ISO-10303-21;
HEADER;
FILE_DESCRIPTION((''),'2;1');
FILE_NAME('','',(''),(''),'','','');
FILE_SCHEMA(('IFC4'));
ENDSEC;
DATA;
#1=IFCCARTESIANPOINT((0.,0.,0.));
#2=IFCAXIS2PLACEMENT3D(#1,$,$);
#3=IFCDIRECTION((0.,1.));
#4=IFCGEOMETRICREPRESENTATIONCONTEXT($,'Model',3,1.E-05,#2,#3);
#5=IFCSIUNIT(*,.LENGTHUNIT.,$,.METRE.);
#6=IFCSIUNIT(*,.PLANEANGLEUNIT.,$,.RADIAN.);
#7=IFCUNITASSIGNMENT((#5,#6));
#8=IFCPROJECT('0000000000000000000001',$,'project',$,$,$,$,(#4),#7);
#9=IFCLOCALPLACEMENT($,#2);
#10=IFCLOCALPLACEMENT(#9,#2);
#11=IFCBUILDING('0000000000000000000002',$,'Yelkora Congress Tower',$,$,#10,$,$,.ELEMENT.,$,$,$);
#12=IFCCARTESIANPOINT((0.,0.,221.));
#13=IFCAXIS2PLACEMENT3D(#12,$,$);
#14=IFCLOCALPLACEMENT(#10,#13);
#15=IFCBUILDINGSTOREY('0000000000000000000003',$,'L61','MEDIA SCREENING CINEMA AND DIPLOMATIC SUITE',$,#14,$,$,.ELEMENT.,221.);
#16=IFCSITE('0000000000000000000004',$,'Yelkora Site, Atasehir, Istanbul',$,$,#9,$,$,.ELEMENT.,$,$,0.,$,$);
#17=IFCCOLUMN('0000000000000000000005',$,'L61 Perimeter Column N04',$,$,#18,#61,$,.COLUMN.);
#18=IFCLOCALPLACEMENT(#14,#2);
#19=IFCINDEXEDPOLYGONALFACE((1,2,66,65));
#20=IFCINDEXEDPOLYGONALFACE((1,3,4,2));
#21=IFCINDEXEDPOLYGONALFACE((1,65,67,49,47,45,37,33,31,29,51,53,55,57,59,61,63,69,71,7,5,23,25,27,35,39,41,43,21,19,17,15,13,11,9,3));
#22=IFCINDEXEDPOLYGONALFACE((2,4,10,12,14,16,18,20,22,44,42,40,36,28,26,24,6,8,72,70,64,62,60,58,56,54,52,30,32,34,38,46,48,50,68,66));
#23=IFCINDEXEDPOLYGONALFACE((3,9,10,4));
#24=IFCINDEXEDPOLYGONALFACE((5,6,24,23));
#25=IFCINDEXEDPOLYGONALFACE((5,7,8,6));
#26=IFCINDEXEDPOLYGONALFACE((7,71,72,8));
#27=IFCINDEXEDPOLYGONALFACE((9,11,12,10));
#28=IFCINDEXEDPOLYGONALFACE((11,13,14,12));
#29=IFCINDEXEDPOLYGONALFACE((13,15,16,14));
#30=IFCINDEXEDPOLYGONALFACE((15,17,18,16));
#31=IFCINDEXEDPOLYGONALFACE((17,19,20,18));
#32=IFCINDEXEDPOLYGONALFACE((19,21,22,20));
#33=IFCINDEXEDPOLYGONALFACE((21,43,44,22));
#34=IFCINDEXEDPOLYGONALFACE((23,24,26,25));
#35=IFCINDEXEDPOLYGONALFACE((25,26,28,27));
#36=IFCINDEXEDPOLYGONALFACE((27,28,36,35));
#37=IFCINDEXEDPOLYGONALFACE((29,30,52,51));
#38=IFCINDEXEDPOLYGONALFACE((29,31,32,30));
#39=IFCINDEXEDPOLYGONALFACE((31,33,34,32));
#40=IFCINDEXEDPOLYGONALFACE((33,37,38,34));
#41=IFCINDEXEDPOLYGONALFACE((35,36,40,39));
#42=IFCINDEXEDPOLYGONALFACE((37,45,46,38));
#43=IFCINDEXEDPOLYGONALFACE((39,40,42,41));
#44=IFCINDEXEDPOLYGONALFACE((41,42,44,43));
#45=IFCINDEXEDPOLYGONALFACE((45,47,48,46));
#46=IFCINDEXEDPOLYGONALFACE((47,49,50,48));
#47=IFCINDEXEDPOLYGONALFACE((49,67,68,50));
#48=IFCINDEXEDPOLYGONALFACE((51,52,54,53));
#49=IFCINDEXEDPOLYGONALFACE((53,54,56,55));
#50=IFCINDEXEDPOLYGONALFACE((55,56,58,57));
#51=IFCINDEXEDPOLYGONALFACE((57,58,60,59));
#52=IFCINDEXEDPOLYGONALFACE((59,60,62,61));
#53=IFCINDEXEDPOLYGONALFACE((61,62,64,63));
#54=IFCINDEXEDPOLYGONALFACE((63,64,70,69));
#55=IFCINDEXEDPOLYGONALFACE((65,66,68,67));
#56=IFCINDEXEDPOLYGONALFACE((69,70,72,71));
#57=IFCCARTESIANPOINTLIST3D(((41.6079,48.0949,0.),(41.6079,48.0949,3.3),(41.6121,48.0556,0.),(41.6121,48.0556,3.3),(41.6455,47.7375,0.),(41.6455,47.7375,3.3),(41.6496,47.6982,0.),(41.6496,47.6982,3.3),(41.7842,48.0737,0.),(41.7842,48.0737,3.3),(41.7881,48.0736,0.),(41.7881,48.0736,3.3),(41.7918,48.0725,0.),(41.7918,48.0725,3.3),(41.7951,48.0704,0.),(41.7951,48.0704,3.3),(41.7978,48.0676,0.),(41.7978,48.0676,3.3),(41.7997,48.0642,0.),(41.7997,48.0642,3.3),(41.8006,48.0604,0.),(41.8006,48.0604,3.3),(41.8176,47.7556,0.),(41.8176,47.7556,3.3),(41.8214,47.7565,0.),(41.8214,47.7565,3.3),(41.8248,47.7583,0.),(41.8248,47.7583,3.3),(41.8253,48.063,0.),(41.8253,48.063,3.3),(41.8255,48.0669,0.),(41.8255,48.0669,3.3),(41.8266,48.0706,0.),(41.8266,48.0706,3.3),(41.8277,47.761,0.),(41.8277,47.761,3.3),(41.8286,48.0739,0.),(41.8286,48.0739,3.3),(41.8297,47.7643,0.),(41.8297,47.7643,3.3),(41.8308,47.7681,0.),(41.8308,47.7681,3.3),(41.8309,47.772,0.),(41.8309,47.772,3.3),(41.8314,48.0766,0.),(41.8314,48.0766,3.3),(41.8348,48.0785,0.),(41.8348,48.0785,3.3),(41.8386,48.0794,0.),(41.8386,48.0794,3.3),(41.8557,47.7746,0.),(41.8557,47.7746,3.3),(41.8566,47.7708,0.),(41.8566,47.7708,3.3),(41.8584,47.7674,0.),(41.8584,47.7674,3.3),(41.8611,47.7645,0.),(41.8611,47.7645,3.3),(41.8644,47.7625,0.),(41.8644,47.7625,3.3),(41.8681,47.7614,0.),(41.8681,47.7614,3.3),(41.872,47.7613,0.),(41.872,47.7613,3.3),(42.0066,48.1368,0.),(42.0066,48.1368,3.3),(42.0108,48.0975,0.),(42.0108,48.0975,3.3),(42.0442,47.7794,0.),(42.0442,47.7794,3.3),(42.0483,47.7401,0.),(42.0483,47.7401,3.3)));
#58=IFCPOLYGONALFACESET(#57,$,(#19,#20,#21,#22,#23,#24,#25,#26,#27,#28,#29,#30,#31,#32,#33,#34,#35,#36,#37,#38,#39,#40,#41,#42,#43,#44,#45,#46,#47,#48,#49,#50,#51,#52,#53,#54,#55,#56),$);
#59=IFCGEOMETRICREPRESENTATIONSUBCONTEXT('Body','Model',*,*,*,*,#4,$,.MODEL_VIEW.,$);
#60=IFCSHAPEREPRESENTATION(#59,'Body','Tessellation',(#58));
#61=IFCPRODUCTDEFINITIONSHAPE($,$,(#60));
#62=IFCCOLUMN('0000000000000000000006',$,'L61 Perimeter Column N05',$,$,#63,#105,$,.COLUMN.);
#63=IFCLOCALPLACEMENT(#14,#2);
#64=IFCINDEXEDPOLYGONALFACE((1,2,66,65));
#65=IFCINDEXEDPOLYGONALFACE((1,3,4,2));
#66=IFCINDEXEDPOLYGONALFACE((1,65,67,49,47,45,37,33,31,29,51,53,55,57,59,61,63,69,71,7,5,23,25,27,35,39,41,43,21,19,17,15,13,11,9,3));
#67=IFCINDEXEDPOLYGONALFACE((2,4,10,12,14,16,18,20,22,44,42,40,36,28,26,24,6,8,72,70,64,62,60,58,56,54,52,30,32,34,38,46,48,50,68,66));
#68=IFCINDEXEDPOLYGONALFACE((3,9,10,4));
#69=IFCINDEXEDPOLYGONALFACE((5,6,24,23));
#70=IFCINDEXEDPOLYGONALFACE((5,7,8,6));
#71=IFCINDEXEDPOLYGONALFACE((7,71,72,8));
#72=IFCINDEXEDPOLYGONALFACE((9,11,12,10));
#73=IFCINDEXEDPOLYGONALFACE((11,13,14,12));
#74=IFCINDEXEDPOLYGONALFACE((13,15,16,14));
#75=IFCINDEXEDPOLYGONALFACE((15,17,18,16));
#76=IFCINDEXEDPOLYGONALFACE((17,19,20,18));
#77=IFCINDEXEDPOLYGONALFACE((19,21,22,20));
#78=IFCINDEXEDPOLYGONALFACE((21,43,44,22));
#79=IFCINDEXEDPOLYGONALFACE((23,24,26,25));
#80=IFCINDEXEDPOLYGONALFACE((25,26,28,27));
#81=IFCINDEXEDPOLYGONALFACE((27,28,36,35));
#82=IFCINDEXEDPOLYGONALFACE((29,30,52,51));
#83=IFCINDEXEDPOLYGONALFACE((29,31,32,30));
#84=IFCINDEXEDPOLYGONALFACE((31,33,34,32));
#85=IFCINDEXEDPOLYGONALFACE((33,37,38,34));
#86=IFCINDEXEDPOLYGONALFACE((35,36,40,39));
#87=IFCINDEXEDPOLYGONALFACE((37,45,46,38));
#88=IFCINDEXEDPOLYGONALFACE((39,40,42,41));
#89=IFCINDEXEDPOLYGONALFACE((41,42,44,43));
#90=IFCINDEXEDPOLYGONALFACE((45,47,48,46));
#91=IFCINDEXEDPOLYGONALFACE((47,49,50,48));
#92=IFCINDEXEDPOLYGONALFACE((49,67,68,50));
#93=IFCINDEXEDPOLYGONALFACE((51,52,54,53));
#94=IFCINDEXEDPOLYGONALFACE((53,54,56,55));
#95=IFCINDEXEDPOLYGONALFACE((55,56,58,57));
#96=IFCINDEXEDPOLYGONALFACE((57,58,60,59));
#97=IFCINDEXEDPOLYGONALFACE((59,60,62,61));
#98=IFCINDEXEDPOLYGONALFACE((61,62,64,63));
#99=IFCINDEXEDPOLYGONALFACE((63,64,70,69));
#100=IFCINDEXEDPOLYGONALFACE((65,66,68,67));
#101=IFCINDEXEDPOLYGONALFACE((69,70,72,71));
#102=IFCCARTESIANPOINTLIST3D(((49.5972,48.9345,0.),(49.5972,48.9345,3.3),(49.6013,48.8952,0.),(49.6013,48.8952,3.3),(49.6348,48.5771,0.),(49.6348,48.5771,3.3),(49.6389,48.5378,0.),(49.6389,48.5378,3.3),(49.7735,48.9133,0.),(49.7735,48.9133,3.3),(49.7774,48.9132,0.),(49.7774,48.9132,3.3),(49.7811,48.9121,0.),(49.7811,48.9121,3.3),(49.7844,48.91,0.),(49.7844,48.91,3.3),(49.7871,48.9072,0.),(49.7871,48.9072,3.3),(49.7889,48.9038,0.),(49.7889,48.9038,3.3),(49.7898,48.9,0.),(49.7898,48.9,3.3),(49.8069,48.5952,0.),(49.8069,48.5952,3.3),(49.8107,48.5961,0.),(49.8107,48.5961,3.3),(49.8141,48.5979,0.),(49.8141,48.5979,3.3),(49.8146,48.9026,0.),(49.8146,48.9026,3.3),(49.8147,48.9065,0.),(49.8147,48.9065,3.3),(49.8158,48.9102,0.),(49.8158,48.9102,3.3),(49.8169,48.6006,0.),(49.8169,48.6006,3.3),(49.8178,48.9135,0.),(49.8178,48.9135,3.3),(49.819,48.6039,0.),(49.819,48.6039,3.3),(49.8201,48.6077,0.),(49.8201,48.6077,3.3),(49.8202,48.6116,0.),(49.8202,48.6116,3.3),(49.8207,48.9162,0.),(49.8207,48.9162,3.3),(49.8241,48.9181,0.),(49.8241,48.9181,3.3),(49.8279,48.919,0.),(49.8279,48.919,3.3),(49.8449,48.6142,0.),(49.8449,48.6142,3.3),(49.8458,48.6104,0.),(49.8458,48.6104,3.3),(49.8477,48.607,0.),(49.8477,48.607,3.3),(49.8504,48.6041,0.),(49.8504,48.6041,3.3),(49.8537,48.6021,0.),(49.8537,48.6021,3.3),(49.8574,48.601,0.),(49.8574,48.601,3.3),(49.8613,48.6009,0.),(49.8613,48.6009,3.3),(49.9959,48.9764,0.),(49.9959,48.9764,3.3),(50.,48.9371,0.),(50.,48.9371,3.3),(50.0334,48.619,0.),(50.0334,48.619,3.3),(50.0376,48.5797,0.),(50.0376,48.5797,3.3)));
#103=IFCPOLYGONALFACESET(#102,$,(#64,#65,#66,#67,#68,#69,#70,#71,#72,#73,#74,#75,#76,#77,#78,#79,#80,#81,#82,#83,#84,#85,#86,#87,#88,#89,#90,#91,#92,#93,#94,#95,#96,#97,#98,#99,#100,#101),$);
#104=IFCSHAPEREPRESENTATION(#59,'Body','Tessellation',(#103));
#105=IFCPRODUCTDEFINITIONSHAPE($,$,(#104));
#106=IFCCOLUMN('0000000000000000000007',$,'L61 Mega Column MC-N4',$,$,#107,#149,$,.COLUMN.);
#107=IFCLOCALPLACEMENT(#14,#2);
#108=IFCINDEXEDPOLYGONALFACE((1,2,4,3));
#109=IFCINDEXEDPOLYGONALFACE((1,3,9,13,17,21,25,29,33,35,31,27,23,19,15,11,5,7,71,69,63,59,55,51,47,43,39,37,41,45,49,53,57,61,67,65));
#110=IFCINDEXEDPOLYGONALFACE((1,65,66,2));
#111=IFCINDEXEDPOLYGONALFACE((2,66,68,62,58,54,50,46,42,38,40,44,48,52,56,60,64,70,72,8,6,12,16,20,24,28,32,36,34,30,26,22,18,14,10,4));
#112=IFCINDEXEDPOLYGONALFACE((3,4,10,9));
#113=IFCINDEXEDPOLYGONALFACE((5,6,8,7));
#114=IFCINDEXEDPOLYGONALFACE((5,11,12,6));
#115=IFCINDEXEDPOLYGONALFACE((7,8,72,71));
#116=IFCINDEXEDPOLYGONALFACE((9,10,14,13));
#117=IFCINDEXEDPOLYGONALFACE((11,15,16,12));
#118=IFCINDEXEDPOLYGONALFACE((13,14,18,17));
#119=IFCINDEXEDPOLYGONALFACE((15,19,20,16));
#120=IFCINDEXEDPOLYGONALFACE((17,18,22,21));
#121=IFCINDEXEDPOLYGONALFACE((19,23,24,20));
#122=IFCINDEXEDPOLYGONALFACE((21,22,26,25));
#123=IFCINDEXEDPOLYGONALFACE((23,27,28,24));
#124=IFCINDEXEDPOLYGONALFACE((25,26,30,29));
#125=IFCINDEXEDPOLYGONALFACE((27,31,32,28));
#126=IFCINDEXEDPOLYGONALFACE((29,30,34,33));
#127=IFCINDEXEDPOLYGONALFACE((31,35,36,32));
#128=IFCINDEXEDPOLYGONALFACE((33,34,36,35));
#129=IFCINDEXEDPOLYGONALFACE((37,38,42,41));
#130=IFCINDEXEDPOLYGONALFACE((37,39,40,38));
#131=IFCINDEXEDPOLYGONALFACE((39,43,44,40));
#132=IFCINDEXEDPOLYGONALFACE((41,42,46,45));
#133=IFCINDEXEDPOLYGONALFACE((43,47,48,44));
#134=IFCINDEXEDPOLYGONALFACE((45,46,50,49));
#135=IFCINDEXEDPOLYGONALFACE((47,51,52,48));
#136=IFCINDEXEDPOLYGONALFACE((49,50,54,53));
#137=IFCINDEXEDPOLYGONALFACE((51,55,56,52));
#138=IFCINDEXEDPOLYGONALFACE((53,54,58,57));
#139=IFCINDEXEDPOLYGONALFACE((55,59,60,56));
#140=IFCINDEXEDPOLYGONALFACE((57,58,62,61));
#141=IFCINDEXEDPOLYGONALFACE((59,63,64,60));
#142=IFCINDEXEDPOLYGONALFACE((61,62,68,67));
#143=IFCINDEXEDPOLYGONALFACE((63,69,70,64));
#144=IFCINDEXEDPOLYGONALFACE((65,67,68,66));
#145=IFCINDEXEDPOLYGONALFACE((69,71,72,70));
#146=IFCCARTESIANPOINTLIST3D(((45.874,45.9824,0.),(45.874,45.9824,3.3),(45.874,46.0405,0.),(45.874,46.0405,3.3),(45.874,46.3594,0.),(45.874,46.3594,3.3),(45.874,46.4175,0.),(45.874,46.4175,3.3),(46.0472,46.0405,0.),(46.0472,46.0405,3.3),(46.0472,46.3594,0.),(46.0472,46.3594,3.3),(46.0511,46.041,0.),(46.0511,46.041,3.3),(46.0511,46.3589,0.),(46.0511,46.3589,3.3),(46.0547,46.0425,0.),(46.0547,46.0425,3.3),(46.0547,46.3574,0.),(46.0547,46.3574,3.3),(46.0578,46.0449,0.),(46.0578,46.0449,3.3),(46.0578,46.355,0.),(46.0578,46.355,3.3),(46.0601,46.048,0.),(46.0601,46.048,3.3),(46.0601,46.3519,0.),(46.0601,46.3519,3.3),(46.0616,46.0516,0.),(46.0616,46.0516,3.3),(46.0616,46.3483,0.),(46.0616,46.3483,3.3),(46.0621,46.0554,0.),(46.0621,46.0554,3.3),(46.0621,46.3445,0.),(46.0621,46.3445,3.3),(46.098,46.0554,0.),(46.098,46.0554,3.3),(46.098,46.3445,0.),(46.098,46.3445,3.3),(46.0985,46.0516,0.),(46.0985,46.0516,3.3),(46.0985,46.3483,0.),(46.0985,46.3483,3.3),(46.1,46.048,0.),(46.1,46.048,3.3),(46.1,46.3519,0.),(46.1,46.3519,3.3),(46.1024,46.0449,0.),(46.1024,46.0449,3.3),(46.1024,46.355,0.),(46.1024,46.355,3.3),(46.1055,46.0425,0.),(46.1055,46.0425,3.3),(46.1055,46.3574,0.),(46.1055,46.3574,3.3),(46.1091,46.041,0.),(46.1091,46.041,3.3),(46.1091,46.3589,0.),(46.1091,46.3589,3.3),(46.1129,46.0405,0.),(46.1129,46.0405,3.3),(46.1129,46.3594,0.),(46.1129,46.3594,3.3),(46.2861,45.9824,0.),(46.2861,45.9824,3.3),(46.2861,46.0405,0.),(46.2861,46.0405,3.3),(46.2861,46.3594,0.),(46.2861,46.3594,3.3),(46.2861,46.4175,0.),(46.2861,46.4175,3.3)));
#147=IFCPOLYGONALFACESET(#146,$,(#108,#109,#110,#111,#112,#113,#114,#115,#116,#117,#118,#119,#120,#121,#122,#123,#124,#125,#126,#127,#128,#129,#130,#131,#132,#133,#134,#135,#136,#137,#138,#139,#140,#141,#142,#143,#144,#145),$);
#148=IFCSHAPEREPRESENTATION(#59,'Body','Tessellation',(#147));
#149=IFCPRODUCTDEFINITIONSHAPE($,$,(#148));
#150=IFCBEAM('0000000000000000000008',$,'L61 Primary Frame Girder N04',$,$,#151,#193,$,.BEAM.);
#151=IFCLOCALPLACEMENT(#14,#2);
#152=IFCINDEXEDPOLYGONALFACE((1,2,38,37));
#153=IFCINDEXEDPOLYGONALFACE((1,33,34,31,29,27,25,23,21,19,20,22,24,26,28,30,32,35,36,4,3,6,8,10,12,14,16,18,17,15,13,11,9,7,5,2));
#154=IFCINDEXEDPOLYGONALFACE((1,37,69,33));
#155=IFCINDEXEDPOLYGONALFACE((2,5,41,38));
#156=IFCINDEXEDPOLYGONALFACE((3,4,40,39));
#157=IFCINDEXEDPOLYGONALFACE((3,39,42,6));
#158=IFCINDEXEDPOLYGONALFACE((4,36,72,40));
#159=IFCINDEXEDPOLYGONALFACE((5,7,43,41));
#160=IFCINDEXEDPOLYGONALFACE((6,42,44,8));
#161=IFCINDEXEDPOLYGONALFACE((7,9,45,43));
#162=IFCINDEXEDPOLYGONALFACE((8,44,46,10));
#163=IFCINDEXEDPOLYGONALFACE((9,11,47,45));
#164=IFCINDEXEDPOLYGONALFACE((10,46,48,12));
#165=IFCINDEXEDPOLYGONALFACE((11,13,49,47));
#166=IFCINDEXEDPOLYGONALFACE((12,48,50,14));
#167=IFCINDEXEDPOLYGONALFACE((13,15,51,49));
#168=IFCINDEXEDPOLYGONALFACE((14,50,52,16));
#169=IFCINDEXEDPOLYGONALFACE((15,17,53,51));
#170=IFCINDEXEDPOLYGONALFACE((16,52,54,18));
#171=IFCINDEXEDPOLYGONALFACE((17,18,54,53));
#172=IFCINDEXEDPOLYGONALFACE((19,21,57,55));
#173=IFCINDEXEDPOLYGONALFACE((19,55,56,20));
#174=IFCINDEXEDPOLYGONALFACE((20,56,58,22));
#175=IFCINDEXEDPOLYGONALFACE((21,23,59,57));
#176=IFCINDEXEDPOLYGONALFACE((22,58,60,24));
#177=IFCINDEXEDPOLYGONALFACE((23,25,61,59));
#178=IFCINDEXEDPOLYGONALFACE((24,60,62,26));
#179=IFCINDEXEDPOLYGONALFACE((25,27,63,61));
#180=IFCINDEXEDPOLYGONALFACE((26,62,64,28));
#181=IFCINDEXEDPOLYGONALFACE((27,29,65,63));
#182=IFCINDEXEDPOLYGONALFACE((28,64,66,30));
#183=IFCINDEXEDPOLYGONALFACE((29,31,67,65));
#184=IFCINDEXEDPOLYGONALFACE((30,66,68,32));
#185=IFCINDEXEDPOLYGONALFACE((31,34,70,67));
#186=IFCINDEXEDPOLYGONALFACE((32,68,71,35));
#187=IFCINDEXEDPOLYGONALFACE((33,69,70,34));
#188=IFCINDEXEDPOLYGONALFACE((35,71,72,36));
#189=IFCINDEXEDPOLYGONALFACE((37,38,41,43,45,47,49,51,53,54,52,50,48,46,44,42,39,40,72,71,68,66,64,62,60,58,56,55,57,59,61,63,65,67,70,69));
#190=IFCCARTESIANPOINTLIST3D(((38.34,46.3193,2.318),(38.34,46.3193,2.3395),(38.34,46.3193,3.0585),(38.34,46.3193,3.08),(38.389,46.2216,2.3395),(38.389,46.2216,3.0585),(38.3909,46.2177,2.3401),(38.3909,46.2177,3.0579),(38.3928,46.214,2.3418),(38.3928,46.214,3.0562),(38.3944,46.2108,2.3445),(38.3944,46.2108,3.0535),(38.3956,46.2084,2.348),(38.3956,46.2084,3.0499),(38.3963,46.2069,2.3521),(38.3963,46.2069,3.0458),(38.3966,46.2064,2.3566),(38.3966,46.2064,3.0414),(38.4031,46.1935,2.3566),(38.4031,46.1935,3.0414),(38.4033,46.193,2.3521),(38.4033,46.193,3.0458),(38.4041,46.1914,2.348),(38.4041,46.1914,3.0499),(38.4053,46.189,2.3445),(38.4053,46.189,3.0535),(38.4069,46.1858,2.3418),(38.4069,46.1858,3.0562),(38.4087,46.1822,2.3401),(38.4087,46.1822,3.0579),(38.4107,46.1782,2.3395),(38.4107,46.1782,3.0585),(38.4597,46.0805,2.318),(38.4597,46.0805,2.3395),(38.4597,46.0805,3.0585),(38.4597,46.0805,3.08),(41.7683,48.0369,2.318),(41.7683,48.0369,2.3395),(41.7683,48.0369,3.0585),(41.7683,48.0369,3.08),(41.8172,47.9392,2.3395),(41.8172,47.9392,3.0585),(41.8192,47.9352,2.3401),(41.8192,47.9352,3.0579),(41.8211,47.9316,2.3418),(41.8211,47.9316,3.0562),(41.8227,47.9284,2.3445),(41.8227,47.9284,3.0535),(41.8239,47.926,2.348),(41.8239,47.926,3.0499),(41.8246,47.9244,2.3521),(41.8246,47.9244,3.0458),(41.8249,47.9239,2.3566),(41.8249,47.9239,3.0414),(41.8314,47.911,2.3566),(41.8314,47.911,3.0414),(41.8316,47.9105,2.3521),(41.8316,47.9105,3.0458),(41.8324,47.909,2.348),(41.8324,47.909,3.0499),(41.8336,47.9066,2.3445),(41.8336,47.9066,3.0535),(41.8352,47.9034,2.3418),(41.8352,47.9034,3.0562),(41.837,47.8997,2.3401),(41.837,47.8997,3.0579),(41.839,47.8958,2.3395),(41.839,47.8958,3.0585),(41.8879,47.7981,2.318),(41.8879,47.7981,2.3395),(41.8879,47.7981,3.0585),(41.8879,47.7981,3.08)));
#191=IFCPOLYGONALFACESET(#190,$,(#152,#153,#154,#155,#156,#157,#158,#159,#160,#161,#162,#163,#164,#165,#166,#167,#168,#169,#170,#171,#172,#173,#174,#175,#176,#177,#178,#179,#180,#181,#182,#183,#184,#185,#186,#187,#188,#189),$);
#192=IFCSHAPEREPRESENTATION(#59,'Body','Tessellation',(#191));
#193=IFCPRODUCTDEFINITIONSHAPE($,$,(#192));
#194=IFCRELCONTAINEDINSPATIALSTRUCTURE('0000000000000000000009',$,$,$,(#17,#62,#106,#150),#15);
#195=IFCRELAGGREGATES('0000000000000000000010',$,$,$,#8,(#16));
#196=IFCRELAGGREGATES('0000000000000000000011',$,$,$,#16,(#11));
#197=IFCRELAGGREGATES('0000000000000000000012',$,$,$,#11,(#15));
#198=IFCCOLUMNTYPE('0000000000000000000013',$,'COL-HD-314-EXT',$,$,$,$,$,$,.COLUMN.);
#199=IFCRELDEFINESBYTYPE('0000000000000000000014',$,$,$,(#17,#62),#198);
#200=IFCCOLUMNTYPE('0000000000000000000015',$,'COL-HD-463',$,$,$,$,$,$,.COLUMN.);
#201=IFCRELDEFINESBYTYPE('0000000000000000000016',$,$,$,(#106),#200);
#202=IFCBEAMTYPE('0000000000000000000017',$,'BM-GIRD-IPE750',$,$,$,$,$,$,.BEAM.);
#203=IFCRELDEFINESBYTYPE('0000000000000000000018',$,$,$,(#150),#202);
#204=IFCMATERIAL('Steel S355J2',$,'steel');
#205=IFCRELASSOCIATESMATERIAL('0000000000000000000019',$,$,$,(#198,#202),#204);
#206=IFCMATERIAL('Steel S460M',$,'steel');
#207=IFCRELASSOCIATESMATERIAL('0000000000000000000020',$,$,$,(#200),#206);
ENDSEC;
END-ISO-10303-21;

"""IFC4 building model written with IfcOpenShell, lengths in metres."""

from ifc_helpers import new_model, si_unit, direction, frame, origin, origin_2d, place, context, subcontext, project, spatial, i_section, extrude, material, material_profile, profile_set, type_object, element, save


model = new_model("IFC4")

# Units and contexts
model_context = context("Model", 3, precision=1e-05, world=origin(), true_north=direction((0.0, 1.0)))
body_context = subcontext(model_context, "Body", "Model", "MODEL_VIEW")
ifc_project = project(units=[si_unit("LENGTHUNIT", "METRE"), si_unit("PLANEANGLEUNIT", "RADIAN")], contexts=[model_context])

# Site, building, storey
site_placement = place(None, origin())
site = spatial("IfcSite", under=ifc_project, at=site_placement, Name="Yelkora Site, Atasehir, Istanbul", CompositionType="ELEMENT", RefElevation=0.0)
building_placement = place(site_placement, origin())
building = spatial("IfcBuilding", under=site, at=building_placement, Name="Yelkora Congress Tower", CompositionType="ELEMENT")
storey_placement = place(building_placement, frame((0.0, 0.0, 221.0)))
storey = spatial("IfcBuildingStorey", under=building, at=storey_placement, Name="L61", Description="MEDIA SCREENING CINEMA AND DIPLOMATIC SUITE", CompositionType="ELEMENT", Elevation=221.0)

# Columns
ifc_material_1 = material(Name="Steel S355J2", Category="steel")
ifc_material_profile_1 = material_profile(ifc_material_1, i_section(OverallWidth=0.4009, OverallDepth=0.3989, WebThickness=0.0249, FlangeThickness=0.0396, FilletRadius=0.0149, at=origin_2d()), Name="HD 400x314")
ifc_profile_set_1 = profile_set([ifc_material_profile_1], Name="Steel S355J2")
column_type_1 = type_object("IfcColumnType", Name="COL-HD-314-EXT", PredefinedType="COLUMN", material=ifc_profile_set_1)
for number, where, z_axis, x_axis, name in (
    (1, (41.8281, 47.9175, 0.0), (0.0, 0.0, 1.0), (0.994522, 0.104528, 0.0), "L61 Perimeter Column N04"),
    (2, (49.8174, 48.7571, 0.0), (0.0, 0.0, 1.0), (0.994522, 0.104528, 0.0), "L61 Perimeter Column N05"),
):
    element("IfcColumn", number, at=place(storey_placement, frame(where, z_axis=z_axis, x_axis=x_axis)), inside=storey, type_object=column_type_1, Name=name, PredefinedType="COLUMN", context=body_context, shape_type="SweptSolid", body=[
        extrude(i_section(OverallWidth=0.4009, OverallDepth=0.3989, WebThickness=0.0249, FlangeThickness=0.0396, FilletRadius=0.0149, at=origin_2d()), origin(), (0.0, 0.0, 1.0), 3.3),
    ])
ifc_material_2 = material(Name="Steel S460M", Category="steel")
ifc_material_profile_2 = material_profile(ifc_material_2, i_section(OverallWidth=0.4121, OverallDepth=0.4351, WebThickness=0.0359, FlangeThickness=0.0581, FilletRadius=0.0149, at=origin_2d()), Name="HD 400x463")
ifc_profile_set_2 = profile_set([ifc_material_profile_2], Name="Steel S460M")
column_type_2 = type_object("IfcColumnType", Name="COL-HD-463", PredefinedType="COLUMN", material=ifc_profile_set_2)
column_placement = place(storey_placement, frame((46.0801, 46.2, 0.0), z_axis=(0.0, 0.0, 1.0), x_axis=(1.0, 0.0, 0.0)))
element("IfcColumn", 3, at=column_placement, inside=storey, type_object=column_type_2, Name="L61 Mega Column MC-N4", PredefinedType="COLUMN", context=body_context, shape_type="SweptSolid", body=[
    extrude(i_section(OverallWidth=0.4121, OverallDepth=0.4351, WebThickness=0.0359, FlangeThickness=0.0581, FilletRadius=0.0149, at=origin_2d()), origin(), (0.0, 0.0, 1.0), 3.3),
])

# Beam
ifc_material_profile_3 = material_profile(ifc_material_1, i_section(OverallWidth=0.2671, OverallDepth=0.762, WebThickness=0.0144, FlangeThickness=0.0215, FilletRadius=0.0171, at=origin_2d()), Name="IPE 750x173")
ifc_profile_set_3 = profile_set([ifc_material_profile_3], Name="Steel S355J2")
beam_type_1 = type_object("IfcBeamType", Name="BM-GIRD-IPE750", PredefinedType="BEAM", material=ifc_profile_set_3)
beam_1_placement = place(storey_placement, frame((41.8281, 47.9175, 2.699), z_axis=(-0.89407, -0.447927, 0.0), x_axis=(0.447927, -0.89407, 0.0)))
element("IfcBeam", 4, at=beam_1_placement, inside=storey, type_object=beam_type_1, Name="L61 Primary Frame Girder N04", PredefinedType="BEAM", context=body_context, shape_type="SweptSolid", body=[
    extrude(i_section(OverallWidth=0.2671, OverallDepth=0.762, WebThickness=0.0144, FlangeThickness=0.0215, FilletRadius=0.0171, at=origin_2d()), origin(), (0.0, 0.0, 1.0), 3.8345),
])

save(model, "model.ifc")
